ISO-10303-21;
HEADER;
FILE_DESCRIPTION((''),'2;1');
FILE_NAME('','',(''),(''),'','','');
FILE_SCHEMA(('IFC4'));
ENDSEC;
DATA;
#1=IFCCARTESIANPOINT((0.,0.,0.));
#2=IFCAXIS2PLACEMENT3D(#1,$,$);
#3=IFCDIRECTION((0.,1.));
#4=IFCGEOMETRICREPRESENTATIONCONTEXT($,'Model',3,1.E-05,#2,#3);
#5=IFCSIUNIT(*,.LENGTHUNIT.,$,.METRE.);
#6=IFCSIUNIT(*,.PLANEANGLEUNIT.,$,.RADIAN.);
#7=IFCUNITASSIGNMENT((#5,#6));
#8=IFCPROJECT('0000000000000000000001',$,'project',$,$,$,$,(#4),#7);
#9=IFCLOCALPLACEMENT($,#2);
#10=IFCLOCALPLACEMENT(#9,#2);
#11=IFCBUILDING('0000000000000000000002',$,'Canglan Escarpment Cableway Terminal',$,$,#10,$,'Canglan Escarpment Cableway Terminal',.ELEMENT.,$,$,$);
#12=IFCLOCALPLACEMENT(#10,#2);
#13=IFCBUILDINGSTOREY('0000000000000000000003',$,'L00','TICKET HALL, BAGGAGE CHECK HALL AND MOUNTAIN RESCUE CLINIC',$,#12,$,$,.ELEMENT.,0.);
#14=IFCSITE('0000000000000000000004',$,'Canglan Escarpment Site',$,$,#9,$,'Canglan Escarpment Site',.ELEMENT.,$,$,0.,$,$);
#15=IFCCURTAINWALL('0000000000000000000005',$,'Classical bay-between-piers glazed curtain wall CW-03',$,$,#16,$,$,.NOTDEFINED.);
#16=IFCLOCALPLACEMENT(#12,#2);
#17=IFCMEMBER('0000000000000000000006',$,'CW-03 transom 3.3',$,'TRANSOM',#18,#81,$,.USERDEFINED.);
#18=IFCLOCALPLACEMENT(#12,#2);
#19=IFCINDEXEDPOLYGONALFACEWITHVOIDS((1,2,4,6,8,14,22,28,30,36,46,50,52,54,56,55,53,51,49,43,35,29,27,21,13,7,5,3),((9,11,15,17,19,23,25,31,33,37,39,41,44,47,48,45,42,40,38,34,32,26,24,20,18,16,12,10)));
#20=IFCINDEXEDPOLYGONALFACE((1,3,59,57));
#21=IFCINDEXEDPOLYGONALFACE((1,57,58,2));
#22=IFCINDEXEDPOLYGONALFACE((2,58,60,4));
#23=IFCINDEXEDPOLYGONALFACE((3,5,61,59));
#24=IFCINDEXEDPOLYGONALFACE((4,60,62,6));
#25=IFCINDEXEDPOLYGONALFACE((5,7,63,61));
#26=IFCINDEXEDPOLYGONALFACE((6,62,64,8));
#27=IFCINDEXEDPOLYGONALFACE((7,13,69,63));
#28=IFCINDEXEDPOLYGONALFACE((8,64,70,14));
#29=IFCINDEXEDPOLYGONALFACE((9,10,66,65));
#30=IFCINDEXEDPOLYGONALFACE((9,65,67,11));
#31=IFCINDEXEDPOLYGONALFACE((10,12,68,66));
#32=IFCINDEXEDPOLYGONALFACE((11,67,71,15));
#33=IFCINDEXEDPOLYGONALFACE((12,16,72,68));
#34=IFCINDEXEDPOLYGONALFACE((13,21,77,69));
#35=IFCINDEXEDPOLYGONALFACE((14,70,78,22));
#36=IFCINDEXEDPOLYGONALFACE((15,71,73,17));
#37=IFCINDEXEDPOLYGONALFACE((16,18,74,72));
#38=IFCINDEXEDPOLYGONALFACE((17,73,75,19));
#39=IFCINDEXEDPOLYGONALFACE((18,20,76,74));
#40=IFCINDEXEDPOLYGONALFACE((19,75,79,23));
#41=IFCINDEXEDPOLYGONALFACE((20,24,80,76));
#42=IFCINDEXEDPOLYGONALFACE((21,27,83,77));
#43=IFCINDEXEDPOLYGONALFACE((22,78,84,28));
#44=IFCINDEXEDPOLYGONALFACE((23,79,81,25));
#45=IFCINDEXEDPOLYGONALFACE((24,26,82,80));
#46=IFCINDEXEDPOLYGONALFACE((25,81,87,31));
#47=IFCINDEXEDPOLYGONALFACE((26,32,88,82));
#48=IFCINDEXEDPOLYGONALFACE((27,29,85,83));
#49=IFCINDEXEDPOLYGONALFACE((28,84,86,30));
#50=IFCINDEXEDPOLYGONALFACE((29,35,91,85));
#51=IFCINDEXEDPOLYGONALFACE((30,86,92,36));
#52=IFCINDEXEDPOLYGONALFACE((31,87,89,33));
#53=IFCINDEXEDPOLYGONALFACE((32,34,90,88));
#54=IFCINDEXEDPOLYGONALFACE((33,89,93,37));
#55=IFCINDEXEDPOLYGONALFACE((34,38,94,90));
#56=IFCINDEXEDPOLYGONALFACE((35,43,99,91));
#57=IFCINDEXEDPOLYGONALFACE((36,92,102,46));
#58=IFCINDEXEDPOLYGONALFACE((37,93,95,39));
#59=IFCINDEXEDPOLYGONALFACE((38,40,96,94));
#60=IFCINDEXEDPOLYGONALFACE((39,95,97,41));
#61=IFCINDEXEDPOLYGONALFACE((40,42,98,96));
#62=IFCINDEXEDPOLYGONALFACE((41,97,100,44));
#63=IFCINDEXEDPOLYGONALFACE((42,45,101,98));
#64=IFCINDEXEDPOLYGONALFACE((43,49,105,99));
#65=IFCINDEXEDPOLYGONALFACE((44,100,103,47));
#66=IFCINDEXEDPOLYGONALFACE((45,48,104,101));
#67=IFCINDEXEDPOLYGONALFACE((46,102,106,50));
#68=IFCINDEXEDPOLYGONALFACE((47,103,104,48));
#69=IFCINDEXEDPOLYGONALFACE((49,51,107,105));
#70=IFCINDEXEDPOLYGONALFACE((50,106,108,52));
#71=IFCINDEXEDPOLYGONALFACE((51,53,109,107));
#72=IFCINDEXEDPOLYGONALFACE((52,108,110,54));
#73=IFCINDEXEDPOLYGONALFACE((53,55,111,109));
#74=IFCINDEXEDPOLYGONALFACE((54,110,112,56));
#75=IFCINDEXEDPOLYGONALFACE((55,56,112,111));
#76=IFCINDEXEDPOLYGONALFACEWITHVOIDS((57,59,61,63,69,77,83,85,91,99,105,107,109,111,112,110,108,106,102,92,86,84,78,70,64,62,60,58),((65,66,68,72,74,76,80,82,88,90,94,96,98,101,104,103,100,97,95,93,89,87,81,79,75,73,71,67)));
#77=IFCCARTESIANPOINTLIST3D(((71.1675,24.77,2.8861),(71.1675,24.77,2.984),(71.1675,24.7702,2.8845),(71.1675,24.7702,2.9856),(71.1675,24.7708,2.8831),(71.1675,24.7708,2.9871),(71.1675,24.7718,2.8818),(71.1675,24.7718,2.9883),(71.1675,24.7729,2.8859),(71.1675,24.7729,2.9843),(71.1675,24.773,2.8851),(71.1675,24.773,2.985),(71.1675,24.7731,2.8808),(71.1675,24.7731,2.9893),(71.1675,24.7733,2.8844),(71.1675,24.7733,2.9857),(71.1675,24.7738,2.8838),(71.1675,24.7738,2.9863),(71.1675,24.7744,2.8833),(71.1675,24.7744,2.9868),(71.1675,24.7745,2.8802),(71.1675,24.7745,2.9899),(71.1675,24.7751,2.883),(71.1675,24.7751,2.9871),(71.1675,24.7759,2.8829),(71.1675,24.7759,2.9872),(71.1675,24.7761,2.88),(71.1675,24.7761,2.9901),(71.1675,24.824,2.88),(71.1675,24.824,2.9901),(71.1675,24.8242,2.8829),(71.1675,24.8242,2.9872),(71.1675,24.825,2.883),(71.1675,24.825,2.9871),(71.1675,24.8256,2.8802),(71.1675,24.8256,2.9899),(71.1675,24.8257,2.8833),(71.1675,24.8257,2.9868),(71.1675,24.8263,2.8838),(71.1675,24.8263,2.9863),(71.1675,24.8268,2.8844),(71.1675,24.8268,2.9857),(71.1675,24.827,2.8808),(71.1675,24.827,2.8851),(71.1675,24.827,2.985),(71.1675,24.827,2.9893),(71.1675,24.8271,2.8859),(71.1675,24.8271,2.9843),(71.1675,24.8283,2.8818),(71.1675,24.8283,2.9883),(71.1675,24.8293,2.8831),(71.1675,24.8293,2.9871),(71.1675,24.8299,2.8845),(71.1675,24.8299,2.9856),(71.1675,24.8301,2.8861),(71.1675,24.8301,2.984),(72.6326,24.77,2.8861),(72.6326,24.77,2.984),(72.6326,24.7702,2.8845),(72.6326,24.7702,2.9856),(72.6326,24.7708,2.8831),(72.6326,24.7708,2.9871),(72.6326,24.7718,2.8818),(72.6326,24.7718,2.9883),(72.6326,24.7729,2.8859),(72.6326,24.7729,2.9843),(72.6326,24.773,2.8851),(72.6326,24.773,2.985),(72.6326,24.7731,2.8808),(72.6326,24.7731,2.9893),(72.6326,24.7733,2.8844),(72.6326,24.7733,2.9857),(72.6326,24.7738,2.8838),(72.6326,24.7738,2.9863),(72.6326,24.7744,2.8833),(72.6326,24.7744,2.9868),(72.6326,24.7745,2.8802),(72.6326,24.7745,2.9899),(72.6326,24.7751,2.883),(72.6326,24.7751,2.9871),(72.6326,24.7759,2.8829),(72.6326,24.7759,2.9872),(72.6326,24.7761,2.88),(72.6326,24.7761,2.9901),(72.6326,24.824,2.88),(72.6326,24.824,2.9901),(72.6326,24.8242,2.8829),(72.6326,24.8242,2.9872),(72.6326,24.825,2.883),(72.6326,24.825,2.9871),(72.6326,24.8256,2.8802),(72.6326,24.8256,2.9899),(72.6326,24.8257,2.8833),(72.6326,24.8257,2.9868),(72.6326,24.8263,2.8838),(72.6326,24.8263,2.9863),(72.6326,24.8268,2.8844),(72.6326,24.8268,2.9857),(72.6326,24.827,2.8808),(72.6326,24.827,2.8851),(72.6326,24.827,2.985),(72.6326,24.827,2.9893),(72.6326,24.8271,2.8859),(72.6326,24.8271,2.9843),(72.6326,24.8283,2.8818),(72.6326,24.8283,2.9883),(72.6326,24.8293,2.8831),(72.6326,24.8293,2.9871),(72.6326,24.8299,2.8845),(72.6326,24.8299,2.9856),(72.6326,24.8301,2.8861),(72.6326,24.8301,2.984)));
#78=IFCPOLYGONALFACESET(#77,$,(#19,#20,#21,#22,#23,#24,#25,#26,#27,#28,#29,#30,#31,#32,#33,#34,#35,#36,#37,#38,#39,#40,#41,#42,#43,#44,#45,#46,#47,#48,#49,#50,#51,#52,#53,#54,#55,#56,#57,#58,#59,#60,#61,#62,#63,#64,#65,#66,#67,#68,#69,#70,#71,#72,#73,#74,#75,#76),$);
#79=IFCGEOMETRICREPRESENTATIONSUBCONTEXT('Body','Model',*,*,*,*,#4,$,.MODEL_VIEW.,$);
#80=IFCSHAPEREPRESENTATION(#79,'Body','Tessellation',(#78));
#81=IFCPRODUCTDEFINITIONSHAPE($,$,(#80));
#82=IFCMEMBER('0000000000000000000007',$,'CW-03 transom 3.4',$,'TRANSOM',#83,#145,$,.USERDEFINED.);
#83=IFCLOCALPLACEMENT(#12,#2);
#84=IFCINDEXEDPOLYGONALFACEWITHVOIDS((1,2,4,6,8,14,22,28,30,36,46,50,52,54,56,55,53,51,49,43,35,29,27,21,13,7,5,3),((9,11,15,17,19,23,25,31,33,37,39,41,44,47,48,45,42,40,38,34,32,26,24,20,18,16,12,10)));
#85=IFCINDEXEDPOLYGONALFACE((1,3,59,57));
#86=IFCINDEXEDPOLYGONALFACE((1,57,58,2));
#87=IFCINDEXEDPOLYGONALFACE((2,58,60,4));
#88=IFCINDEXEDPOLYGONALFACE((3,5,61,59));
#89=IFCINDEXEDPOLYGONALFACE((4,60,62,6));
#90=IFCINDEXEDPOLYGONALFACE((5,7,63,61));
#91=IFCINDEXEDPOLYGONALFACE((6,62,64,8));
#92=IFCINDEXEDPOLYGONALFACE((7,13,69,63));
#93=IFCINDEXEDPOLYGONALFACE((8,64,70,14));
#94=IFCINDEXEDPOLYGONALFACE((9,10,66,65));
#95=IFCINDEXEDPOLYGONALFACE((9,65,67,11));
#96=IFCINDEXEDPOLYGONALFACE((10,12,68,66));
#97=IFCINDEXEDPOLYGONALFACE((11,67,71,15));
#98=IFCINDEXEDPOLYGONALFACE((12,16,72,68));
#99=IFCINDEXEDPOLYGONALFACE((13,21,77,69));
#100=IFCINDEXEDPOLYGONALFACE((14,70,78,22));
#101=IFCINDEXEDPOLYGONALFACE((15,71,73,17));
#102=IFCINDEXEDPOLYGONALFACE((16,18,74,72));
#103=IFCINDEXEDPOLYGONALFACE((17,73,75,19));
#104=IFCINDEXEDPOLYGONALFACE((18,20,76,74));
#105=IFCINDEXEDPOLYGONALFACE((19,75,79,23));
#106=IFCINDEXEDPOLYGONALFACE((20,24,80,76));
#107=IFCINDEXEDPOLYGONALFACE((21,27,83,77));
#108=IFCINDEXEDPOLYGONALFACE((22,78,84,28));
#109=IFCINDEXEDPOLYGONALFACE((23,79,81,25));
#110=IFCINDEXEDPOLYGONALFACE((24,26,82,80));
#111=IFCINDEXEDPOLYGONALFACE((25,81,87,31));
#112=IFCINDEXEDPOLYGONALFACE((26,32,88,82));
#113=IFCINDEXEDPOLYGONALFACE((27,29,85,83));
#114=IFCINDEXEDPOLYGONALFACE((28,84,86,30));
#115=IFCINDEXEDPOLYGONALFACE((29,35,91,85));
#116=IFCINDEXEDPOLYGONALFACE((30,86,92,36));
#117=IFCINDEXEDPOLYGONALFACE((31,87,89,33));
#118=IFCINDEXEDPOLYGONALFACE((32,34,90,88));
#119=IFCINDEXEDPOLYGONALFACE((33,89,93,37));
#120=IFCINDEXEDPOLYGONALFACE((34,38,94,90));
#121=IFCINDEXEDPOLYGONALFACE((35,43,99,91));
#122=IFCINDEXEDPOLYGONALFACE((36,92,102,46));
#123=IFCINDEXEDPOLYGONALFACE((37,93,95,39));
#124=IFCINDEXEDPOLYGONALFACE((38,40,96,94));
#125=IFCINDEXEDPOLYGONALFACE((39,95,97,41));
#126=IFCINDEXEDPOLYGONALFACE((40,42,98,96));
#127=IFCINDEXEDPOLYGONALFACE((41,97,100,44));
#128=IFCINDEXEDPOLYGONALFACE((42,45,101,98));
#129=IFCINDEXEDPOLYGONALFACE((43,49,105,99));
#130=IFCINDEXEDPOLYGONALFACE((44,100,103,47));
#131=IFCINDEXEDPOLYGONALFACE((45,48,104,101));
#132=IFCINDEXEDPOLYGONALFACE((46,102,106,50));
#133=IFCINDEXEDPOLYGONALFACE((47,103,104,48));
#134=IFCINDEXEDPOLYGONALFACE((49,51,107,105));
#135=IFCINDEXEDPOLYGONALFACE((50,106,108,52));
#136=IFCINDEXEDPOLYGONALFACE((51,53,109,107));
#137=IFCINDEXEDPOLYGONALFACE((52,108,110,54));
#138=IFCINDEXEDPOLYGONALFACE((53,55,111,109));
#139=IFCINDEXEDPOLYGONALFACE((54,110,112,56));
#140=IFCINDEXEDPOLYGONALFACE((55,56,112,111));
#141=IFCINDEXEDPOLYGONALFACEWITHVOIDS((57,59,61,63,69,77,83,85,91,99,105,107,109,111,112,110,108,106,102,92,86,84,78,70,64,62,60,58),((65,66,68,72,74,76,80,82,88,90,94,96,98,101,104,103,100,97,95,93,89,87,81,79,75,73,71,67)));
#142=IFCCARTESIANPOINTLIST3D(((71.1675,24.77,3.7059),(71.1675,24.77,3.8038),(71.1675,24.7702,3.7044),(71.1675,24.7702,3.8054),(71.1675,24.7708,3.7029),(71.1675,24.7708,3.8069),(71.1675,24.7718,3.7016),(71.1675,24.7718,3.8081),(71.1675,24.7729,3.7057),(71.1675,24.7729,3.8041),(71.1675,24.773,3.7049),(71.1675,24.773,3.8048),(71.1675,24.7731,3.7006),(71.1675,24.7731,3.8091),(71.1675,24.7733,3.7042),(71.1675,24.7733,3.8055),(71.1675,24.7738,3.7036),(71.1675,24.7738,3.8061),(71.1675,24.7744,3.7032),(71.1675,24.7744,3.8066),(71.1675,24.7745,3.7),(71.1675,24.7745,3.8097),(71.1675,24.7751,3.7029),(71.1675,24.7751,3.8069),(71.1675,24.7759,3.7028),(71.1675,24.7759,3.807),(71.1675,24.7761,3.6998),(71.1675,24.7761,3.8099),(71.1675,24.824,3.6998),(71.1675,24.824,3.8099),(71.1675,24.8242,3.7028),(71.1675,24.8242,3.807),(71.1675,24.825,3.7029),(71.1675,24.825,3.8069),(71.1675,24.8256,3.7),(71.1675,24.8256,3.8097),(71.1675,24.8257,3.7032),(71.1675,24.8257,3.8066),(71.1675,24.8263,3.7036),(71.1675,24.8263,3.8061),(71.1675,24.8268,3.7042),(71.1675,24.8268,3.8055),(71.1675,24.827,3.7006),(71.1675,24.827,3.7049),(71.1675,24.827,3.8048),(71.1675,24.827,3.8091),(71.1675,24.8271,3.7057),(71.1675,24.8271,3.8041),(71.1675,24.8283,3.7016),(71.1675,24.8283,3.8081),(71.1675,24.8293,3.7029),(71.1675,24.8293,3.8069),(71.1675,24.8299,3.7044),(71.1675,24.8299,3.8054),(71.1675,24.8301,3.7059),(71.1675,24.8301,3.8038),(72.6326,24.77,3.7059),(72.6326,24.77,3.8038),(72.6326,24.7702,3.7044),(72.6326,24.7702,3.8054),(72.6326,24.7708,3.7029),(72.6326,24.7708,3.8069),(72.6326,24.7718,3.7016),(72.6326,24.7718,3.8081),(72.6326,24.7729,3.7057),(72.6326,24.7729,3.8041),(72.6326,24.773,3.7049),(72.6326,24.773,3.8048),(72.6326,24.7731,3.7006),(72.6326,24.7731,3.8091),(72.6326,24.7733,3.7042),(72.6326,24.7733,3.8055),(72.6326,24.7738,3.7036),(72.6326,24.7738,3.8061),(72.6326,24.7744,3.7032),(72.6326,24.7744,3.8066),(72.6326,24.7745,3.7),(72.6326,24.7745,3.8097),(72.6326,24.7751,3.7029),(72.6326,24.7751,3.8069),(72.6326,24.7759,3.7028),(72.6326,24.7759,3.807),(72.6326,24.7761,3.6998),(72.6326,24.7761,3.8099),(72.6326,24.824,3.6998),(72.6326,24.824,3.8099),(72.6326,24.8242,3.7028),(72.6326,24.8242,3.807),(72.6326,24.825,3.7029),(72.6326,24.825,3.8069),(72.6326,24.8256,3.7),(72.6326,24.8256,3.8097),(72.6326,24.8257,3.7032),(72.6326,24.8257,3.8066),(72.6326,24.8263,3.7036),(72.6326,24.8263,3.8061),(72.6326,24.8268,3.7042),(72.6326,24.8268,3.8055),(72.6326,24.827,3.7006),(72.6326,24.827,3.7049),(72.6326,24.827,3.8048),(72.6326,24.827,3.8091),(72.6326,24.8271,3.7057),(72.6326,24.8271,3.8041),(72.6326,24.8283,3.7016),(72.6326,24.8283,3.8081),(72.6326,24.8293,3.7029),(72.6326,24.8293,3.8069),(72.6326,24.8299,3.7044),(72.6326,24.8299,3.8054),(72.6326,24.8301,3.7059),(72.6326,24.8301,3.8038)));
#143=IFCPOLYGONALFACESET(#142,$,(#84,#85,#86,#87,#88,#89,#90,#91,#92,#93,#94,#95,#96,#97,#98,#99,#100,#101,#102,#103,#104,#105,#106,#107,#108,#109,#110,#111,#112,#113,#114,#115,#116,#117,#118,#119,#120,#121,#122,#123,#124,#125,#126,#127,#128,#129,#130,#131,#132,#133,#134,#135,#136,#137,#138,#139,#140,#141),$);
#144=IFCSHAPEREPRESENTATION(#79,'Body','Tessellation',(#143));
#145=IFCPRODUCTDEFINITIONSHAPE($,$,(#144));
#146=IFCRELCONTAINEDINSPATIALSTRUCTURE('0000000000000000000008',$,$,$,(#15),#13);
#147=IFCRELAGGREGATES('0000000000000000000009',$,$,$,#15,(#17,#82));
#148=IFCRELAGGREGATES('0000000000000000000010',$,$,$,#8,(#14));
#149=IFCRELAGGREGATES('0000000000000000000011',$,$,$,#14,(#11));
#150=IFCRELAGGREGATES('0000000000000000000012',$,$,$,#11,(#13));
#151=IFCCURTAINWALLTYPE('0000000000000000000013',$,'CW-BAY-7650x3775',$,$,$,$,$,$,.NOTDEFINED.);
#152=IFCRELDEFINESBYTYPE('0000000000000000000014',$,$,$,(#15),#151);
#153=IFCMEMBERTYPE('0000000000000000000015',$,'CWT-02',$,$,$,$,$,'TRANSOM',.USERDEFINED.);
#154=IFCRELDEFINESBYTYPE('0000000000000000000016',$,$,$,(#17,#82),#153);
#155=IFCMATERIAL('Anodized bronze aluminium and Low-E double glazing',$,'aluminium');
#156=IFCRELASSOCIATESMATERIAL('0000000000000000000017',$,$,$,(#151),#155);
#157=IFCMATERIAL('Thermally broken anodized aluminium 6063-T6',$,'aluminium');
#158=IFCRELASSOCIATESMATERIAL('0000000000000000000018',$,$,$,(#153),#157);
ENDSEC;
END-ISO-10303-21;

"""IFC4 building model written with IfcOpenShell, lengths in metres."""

from ifc_helpers import new_model, si_unit, direction, frame, origin, origin_2d, place, context, subcontext, project, spatial, hollow_rectangle, extrude, material, material_profile, profile_set, type_object, element, aggregate, save


model = new_model("IFC4")

# Units and contexts
model_context = context("Model", 3, precision=1e-05, world=origin(), true_north=direction((0.0, 1.0)))
body_context = subcontext(model_context, "Body", "Model", "MODEL_VIEW")
ifc_project = project(units=[si_unit("LENGTHUNIT", "METRE"), si_unit("PLANEANGLEUNIT", "RADIAN")], contexts=[model_context])

# Site, building, storey
site_placement = place(None, origin())
site = spatial("IfcSite", under=ifc_project, at=site_placement, Name="Canglan Escarpment Site", LongName="Canglan Escarpment Site", CompositionType="ELEMENT", RefElevation=0.0)
building_placement = place(site_placement, origin())
building = spatial("IfcBuilding", under=site, at=building_placement, Name="Canglan Escarpment Cableway Terminal", LongName="Canglan Escarpment Cableway Terminal", CompositionType="ELEMENT")
storey_placement = place(building_placement, origin())
storey = spatial("IfcBuildingStorey", under=building, at=storey_placement, Name="L00", Description="TICKET HALL, BAGGAGE CHECK HALL AND MOUNTAIN RESCUE CLINIC", CompositionType="ELEMENT", Elevation=0.0)

# Curtain wall, members
ifc_material_1 = material(Name="Anodized bronze aluminium and Low-E double glazing", Category="aluminium")
curtain_wall_type = type_object("IfcCurtainWallType", Name="CW-BAY-7650x3775", PredefinedType="NOTDEFINED", material=ifc_material_1)
curtain_wall_placement = place(storey_placement, origin())
curtain_wall = element("IfcCurtainWall", 1, at=curtain_wall_placement, inside=storey, type_object=curtain_wall_type, Name="Classical bay-between-piers glazed curtain wall CW-03", PredefinedType="NOTDEFINED")
ifc_material_2 = material(Name="Thermally broken anodized aluminium 6063-T6", Category="aluminium")
ifc_material_profile_1 = material_profile(ifc_material_2, hollow_rectangle(XDim=0.0601, YDim=0.1101, WallThickness=0.0029, InnerFilletRadius=0.0029, OuterFilletRadius=0.0061, at=origin_2d()), Name="ALU-TRAN 60x110x3")
ifc_profile_set_1 = profile_set([ifc_material_profile_1], Name="Thermally broken anodized aluminium 6063-T6")
member_type_1 = type_object("IfcMemberType", Name="CWT-02", ElementType="TRANSOM", PredefinedType="USERDEFINED", material=ifc_profile_set_1)
member_1_placement = place(storey_placement, frame((72.6326, 24.8, 2.9351), z_axis=(-1.0, 0.0, 0.0), x_axis=(0.0, -1.0, 0.0)))
member_1 = element("IfcMember", 2, at=member_1_placement, type_object=member_type_1, Name="CW-03 transom 3.3", ObjectType="TRANSOM", PredefinedType="USERDEFINED", context=body_context, shape_type="SweptSolid", body=[
    extrude(hollow_rectangle(XDim=0.0601, YDim=0.1101, WallThickness=0.0029, InnerFilletRadius=0.0029, OuterFilletRadius=0.0061, at=origin_2d()), origin(), (0.0, 0.0, 1.0), 1.4651),
])
member_2_placement = place(storey_placement, frame((72.6326, 24.8, 3.7549), z_axis=(-1.0, 0.0, 0.0), x_axis=(0.0, -1.0, 0.0)))
member_2 = element("IfcMember", 3, at=member_2_placement, type_object=member_type_1, Name="CW-03 transom 3.4", ObjectType="TRANSOM", PredefinedType="USERDEFINED", context=body_context, shape_type="SweptSolid", body=[
    extrude(hollow_rectangle(XDim=0.0601, YDim=0.1101, WallThickness=0.0029, InnerFilletRadius=0.0029, OuterFilletRadius=0.0061, at=origin_2d()), origin(), (0.0, 0.0, 1.0), 1.4651),
])
aggregate(curtain_wall, [member_1, member_2])

save(model, "model.ifc")
